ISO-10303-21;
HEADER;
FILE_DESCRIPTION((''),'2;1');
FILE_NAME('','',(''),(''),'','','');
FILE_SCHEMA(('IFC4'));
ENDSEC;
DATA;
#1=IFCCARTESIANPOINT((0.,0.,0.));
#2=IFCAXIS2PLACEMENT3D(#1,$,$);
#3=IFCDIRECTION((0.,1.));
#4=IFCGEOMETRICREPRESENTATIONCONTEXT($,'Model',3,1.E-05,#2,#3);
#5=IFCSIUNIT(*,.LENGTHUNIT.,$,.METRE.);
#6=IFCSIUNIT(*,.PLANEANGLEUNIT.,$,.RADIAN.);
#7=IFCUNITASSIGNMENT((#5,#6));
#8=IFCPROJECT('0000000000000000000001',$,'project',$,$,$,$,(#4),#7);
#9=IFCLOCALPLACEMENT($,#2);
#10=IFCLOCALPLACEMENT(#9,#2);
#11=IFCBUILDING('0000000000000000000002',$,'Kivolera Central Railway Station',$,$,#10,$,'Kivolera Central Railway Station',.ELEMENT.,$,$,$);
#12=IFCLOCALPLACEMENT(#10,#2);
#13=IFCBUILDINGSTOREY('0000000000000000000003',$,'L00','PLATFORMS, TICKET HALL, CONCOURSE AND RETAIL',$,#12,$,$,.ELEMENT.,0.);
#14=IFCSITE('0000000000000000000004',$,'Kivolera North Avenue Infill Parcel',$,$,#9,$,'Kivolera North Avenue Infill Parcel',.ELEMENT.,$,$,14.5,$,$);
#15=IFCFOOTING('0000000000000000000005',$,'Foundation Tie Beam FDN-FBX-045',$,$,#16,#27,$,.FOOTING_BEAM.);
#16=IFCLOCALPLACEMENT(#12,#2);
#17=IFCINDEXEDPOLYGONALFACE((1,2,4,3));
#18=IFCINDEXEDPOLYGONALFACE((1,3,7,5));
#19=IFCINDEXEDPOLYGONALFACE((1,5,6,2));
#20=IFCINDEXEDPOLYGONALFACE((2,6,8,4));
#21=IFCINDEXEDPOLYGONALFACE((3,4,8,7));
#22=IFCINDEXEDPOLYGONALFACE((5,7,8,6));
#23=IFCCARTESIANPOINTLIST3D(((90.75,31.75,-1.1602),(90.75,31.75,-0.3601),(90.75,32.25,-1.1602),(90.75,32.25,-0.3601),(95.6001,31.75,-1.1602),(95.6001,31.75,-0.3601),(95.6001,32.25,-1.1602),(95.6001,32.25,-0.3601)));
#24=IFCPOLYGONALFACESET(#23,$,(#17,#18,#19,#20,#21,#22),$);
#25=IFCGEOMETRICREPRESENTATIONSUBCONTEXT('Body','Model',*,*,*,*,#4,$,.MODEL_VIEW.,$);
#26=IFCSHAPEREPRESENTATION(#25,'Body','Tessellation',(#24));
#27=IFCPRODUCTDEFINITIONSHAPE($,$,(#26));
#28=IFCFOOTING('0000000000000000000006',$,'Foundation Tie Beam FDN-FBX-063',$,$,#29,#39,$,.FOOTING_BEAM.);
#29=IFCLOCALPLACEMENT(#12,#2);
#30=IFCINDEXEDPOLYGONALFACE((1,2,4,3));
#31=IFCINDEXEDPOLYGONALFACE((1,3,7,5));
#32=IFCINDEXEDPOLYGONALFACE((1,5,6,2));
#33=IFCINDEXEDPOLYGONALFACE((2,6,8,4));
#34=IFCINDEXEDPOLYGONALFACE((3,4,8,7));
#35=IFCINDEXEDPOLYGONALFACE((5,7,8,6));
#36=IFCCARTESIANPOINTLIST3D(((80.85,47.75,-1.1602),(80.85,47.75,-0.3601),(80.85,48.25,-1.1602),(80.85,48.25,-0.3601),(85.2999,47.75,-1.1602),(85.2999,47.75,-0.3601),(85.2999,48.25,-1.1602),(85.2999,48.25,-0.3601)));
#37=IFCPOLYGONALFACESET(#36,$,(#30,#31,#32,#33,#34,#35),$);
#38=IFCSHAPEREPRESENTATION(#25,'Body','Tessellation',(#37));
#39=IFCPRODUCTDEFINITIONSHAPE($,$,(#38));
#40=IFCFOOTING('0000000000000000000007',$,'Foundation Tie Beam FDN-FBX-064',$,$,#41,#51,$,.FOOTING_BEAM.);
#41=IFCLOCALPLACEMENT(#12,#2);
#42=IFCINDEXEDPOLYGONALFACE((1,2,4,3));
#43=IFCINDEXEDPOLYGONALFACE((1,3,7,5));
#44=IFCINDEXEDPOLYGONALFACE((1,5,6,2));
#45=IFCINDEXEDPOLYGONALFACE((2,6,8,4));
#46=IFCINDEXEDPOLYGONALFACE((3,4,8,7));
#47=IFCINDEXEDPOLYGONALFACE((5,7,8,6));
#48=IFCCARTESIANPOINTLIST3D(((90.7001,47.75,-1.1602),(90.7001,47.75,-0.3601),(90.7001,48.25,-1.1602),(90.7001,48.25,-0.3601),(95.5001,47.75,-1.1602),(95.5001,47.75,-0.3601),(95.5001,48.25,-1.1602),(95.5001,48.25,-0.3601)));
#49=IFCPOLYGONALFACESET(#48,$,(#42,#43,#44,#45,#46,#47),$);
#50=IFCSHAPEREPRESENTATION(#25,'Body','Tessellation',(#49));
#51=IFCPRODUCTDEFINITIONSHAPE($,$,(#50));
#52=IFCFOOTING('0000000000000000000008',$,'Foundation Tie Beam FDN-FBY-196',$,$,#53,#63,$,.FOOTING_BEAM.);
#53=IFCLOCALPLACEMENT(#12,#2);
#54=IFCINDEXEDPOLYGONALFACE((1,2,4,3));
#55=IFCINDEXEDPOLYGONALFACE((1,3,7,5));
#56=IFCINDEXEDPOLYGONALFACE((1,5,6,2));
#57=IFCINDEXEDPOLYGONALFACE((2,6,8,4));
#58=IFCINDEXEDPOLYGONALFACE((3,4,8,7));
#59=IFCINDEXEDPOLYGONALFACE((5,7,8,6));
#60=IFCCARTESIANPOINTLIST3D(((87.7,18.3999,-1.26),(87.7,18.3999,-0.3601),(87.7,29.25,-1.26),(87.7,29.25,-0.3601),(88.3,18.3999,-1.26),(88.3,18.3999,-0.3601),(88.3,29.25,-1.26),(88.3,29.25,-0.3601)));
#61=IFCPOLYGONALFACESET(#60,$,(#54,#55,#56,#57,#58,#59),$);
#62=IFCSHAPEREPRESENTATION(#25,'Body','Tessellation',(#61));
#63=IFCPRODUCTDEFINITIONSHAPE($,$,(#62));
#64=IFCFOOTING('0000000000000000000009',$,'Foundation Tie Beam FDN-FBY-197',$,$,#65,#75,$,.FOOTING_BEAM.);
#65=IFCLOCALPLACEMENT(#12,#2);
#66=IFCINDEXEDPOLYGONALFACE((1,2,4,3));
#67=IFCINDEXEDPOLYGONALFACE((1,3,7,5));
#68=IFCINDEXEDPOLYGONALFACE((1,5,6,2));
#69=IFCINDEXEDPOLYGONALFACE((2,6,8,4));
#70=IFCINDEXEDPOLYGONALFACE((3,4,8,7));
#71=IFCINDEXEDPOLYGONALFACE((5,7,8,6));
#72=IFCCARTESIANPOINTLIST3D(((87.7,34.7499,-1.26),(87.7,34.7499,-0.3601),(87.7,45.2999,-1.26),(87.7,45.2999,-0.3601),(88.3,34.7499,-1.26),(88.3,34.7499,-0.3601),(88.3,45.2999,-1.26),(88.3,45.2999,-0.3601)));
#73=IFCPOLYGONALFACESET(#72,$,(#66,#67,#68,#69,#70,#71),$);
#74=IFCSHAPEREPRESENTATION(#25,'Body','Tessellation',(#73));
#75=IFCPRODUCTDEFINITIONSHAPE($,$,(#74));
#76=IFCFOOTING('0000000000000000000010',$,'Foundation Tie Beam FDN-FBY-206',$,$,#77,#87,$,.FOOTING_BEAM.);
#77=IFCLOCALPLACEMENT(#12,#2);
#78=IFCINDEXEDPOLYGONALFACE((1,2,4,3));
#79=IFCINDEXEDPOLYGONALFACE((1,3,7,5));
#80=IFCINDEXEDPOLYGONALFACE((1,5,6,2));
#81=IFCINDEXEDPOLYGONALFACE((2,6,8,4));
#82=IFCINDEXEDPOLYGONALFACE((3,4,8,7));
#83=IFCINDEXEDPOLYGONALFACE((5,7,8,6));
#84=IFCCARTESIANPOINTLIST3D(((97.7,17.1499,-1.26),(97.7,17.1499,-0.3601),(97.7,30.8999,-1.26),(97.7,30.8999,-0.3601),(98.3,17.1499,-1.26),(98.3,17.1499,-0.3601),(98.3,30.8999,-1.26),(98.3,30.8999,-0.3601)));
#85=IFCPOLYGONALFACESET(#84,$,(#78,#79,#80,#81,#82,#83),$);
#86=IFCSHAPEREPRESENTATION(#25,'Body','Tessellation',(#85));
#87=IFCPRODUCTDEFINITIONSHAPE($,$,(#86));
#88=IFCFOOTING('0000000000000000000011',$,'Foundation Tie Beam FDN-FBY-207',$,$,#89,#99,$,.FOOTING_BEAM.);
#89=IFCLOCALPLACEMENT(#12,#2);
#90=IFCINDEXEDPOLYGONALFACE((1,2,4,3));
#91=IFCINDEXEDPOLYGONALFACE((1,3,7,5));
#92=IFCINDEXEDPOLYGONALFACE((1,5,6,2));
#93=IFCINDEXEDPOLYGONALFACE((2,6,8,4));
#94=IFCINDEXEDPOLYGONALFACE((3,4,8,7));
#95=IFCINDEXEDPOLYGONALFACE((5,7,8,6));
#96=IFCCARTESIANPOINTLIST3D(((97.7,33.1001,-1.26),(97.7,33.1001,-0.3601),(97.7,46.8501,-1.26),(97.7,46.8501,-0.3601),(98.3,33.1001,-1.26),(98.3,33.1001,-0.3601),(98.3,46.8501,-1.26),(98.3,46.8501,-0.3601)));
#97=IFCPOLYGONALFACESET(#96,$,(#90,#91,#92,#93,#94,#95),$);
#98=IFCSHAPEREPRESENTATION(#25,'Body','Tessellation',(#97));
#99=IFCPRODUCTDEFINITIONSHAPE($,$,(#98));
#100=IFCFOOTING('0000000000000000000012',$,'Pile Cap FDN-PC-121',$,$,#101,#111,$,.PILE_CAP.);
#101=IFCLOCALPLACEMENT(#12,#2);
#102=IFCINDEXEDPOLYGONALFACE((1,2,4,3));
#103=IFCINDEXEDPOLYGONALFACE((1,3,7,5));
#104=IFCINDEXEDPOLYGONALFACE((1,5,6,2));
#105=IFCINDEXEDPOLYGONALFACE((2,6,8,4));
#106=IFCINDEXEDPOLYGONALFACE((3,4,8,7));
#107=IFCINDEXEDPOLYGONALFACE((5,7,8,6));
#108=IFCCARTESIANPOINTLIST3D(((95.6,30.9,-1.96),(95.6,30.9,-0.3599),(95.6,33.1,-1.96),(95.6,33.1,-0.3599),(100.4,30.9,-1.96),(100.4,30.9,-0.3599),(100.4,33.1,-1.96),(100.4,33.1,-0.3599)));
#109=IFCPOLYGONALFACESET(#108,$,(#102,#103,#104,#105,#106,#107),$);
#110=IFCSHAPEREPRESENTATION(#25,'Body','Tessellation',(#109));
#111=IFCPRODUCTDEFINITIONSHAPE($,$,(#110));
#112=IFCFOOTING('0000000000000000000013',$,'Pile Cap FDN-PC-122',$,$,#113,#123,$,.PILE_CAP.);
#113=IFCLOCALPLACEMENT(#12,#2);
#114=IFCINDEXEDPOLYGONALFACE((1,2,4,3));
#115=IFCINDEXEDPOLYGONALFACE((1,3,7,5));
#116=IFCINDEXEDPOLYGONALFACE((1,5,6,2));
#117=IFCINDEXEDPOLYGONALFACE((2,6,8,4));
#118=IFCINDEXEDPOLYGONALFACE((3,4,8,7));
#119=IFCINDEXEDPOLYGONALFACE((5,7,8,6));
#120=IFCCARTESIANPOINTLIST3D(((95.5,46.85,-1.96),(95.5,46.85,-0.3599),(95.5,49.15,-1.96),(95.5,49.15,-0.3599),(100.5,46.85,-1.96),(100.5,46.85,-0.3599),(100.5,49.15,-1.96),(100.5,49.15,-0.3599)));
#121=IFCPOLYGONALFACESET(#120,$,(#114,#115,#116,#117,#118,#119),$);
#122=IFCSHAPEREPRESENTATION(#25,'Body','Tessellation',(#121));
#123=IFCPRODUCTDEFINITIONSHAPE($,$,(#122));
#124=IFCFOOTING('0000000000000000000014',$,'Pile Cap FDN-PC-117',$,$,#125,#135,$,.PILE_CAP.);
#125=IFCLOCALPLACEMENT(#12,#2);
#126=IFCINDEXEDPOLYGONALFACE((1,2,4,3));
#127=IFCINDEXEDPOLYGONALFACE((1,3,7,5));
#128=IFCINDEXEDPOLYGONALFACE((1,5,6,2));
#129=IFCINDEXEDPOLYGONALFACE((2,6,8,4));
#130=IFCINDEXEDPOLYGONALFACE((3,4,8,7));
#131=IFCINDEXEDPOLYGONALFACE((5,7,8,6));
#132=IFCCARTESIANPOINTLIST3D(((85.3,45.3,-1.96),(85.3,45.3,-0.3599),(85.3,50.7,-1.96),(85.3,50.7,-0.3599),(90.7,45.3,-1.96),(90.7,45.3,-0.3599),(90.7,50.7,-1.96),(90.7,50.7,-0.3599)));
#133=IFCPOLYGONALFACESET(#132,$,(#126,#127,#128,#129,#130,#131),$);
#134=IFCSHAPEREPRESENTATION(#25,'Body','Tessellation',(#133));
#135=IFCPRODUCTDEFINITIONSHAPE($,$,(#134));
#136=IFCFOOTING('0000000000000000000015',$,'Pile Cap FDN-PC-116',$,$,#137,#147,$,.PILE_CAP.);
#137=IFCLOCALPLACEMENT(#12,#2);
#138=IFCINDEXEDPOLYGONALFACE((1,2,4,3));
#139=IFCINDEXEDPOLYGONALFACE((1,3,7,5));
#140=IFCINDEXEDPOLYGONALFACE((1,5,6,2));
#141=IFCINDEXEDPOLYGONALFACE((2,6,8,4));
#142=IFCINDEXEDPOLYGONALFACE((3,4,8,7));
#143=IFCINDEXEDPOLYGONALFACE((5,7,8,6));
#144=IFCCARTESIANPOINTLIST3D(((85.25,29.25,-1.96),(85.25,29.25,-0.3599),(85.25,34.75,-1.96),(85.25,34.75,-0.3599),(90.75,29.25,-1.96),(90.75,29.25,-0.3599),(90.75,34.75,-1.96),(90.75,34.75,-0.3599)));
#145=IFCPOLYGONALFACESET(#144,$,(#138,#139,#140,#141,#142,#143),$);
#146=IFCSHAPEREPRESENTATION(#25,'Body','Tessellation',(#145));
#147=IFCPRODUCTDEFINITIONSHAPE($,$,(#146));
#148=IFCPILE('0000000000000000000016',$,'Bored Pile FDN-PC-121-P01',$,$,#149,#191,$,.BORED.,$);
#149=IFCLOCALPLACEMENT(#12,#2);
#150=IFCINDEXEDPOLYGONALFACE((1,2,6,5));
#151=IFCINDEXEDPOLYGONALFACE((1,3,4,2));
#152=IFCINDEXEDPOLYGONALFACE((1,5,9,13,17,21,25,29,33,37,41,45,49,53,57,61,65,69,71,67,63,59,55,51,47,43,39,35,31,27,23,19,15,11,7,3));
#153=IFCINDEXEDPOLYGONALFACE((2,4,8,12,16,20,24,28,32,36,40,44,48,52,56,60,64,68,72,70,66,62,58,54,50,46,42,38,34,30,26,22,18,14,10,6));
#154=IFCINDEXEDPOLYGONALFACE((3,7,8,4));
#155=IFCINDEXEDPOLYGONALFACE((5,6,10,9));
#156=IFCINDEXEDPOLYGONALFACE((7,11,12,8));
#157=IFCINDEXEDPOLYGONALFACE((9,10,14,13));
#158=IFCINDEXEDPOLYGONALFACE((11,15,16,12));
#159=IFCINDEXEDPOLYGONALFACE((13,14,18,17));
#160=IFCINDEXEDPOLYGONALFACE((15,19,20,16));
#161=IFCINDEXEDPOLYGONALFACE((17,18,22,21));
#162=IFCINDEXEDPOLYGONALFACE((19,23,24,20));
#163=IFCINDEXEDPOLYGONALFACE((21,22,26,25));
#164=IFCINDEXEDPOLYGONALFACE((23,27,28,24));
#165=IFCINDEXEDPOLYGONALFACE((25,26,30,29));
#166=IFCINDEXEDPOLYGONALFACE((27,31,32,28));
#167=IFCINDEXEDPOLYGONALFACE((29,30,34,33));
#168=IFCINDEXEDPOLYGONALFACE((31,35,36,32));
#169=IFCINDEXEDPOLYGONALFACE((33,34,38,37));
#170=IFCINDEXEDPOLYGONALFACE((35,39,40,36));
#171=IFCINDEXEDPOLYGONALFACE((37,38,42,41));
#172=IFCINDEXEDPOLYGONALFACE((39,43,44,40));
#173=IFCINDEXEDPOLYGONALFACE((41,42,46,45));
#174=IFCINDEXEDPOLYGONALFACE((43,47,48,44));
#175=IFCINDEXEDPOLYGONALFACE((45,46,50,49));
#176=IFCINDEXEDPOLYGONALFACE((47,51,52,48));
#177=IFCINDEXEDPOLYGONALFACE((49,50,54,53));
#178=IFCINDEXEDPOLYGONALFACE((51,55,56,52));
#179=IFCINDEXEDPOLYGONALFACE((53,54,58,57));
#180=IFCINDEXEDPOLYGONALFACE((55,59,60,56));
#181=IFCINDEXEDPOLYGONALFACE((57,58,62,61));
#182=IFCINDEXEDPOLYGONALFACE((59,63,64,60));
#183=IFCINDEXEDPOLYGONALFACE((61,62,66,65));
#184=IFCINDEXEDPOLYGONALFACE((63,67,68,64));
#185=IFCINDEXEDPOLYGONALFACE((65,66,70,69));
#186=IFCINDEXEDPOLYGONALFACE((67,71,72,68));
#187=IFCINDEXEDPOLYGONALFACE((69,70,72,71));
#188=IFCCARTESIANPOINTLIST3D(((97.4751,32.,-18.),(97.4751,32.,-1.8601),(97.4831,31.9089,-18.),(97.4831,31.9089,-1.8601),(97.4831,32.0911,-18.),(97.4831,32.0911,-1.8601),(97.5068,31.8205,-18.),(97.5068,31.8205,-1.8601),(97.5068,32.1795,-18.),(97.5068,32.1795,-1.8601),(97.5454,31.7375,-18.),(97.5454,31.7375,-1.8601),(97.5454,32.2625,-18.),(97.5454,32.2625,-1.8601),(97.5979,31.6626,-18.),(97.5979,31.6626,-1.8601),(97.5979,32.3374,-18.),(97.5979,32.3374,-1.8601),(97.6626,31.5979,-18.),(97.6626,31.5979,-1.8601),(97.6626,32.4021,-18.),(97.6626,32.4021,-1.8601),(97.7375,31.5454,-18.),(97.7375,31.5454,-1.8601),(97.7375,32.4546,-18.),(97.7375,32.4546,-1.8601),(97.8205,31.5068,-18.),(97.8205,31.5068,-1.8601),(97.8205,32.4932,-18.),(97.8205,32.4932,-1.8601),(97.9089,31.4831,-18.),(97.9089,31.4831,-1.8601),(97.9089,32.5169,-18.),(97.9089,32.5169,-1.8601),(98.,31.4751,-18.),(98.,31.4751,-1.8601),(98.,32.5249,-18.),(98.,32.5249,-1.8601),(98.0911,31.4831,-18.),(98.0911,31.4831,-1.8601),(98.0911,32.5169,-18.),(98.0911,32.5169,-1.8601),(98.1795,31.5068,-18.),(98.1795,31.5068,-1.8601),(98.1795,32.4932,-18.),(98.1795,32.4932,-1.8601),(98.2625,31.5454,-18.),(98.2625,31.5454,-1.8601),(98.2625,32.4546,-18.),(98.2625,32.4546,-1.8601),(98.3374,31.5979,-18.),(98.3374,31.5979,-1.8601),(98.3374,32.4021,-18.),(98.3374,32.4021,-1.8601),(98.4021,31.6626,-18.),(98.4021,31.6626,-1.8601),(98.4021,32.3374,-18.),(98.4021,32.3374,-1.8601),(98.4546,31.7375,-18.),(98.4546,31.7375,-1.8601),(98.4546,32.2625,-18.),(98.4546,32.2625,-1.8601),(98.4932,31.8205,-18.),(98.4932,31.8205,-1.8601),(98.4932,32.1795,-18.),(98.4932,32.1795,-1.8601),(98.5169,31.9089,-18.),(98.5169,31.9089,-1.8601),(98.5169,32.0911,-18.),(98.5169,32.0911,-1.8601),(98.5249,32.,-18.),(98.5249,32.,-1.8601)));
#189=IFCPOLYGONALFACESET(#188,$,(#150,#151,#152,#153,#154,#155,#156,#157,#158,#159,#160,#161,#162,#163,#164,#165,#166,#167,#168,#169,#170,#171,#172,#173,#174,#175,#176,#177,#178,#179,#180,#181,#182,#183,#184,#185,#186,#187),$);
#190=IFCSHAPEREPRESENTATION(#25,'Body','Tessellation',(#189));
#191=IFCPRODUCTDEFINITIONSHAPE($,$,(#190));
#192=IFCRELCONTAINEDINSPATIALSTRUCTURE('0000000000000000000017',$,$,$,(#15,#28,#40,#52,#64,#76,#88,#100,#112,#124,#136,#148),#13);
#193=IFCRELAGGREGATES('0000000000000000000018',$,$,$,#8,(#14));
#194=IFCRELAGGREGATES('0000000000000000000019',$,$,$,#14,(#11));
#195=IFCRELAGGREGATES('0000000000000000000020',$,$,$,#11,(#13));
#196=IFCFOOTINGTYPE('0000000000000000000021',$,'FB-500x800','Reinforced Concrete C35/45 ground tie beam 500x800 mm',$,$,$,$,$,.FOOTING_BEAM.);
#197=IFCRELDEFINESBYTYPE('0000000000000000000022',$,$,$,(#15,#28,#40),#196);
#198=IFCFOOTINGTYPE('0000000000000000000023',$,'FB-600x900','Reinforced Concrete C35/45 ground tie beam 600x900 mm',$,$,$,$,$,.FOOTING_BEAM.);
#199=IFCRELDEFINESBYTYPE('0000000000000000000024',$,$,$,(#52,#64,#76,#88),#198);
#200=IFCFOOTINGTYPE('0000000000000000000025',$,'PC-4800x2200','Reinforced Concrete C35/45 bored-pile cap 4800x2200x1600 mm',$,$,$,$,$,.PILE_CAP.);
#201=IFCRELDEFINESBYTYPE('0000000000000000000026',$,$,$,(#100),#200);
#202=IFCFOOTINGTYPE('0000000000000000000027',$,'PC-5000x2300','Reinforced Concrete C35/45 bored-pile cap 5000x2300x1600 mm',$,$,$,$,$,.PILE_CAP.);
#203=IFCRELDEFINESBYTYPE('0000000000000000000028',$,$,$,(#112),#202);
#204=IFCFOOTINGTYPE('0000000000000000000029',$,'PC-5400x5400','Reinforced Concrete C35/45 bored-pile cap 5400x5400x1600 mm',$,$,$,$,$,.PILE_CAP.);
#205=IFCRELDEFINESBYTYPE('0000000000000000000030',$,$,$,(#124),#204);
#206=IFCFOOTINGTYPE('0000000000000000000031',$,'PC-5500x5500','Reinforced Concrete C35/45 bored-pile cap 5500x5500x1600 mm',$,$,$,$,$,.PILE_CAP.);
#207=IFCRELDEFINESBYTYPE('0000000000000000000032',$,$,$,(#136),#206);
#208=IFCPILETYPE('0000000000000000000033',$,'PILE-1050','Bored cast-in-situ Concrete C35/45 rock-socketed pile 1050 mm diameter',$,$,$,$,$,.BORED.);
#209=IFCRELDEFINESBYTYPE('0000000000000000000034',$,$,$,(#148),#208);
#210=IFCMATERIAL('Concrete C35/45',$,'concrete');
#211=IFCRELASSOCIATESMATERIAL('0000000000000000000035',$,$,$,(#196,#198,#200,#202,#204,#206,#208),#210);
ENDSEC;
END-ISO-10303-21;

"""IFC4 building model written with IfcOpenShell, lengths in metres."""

from ifc_helpers import new_model, si_unit, direction, frame, origin, origin_2d, place, context, subcontext, project, spatial, rectangle, circle, extrude, material, material_profile, profile_set, type_object, element, save


model = new_model("IFC4")

# Units and contexts
model_context = context("Model", 3, precision=1e-05, world=origin(), true_north=direction((0.0, 1.0)))
body_context = subcontext(model_context, "Body", "Model", "MODEL_VIEW")
ifc_project = project(units=[si_unit("LENGTHUNIT", "METRE"), si_unit("PLANEANGLEUNIT", "RADIAN")], contexts=[model_context])

# Site, building, storey
site_placement = place(None, origin())
site = spatial("IfcSite", under=ifc_project, at=site_placement, Name="Kivolera North Avenue Infill Parcel", LongName="Kivolera North Avenue Infill Parcel", CompositionType="ELEMENT", RefElevation=14.5)
building_placement = place(site_placement, origin())
building = spatial("IfcBuilding", under=site, at=building_placement, Name="Kivolera Central Railway Station", LongName="Kivolera Central Railway Station", CompositionType="ELEMENT")
storey_placement = place(building_placement, origin())
storey = spatial("IfcBuildingStorey", under=building, at=storey_placement, Name="L00", Description="PLATFORMS, TICKET HALL, CONCOURSE AND RETAIL", CompositionType="ELEMENT", Elevation=0.0)

# Footings
ifc_material_1 = material(Name="Concrete C35/45", Category="concrete")
footing_type_1 = type_object("IfcFootingType", Name="FB-500x800", Description="Reinforced Concrete C35/45 ground tie beam 500x800 mm", PredefinedType="FOOTING_BEAM", material=ifc_material_1)
footing_1_placement = place(storey_placement, frame((93.175, 32.0, -1.1602), z_axis=(0.0, 0.0, 1.0), x_axis=(1.0, 0.0, 0.0)))
element("IfcFooting", 1, at=footing_1_placement, inside=storey, type_object=footing_type_1, Name="Foundation Tie Beam FDN-FBX-045", PredefinedType="FOOTING_BEAM", context=body_context, shape_type="SweptSolid", body=[
    extrude(rectangle(XDim=4.8501, YDim=0.5, at=origin_2d()), origin(), (0.0, 0.0, 1.0), 0.8),
])
footing_2_placement = place(storey_placement, frame((83.075, 48.0, -1.1602), z_axis=(0.0, 0.0, 1.0), x_axis=(1.0, 0.0, 0.0)))
element("IfcFooting", 2, at=footing_2_placement, inside=storey, type_object=footing_type_1, Name="Foundation Tie Beam FDN-FBX-063", PredefinedType="FOOTING_BEAM", context=body_context, shape_type="SweptSolid", body=[
    extrude(rectangle(XDim=4.45, YDim=0.5, at=origin_2d()), origin(), (0.0, 0.0, 1.0), 0.8),
])
footing_3_placement = place(storey_placement, frame((93.1001, 48.0, -1.1602), z_axis=(0.0, 0.0, 1.0), x_axis=(1.0, 0.0, 0.0)))
element("IfcFooting", 3, at=footing_3_placement, inside=storey, type_object=footing_type_1, Name="Foundation Tie Beam FDN-FBX-064", PredefinedType="FOOTING_BEAM", context=body_context, shape_type="SweptSolid", body=[
    extrude(rectangle(XDim=4.8, YDim=0.5, at=origin_2d()), origin(), (0.0, 0.0, 1.0), 0.8),
])
footing_type_2 = type_object("IfcFootingType", Name="FB-600x900", Description="Reinforced Concrete C35/45 ground tie beam 600x900 mm", PredefinedType="FOOTING_BEAM", material=ifc_material_1)
footing_4_placement = place(storey_placement, frame((88.0, 23.825, -1.26), z_axis=(0.0, 0.0, 1.0), x_axis=(1.0, 0.0, 0.0)))
element("IfcFooting", 4, at=footing_4_placement, inside=storey, type_object=footing_type_2, Name="Foundation Tie Beam FDN-FBY-196", PredefinedType="FOOTING_BEAM", context=body_context, shape_type="SweptSolid", body=[
    extrude(rectangle(XDim=0.6001, YDim=10.8501, at=origin_2d()), origin(), (0.0, 0.0, 1.0), 0.8999),
])
footing_5_placement = place(storey_placement, frame((88.0, 40.0249, -1.26), z_axis=(0.0, 0.0, 1.0), x_axis=(1.0, 0.0, 0.0)))
element("IfcFooting", 5, at=footing_5_placement, inside=storey, type_object=footing_type_2, Name="Foundation Tie Beam FDN-FBY-197", PredefinedType="FOOTING_BEAM", context=body_context, shape_type="SweptSolid", body=[
    extrude(rectangle(XDim=0.6001, YDim=10.55, at=origin_2d()), origin(), (0.0, 0.0, 1.0), 0.8999),
])
for number, where, z_axis, x_axis, name in (
    (6, (98.0, 24.0249, -1.26), (0.0, 0.0, 1.0), (1.0, 0.0, 0.0), "Foundation Tie Beam FDN-FBY-206"),
    (7, (98.0, 39.9751, -1.26), (0.0, 0.0, 1.0), (1.0, 0.0, 0.0), "Foundation Tie Beam FDN-FBY-207"),
):
    element("IfcFooting", number, at=place(storey_placement, frame(where, z_axis=z_axis, x_axis=x_axis)), inside=storey, type_object=footing_type_2, Name=name, PredefinedType="FOOTING_BEAM", context=body_context, shape_type="SweptSolid", body=[
        extrude(rectangle(XDim=0.6001, YDim=13.75, at=origin_2d()), origin(), (0.0, 0.0, 1.0), 0.8999),
    ])
footing_type_3 = type_object("IfcFootingType", Name="PC-4800x2200", Description="Reinforced Concrete C35/45 bored-pile cap 4800x2200x1600 mm", PredefinedType="PILE_CAP", material=ifc_material_1)
footing_6_placement = place(storey_placement, frame((98.0, 32.0, -1.96), z_axis=(0.0, 0.0, 1.0), x_axis=(1.0, 0.0, 0.0)))
element("IfcFooting", 8, at=footing_6_placement, inside=storey, type_object=footing_type_3, Name="Pile Cap FDN-PC-121", PredefinedType="PILE_CAP", context=body_context, shape_type="SweptSolid", body=[
    extrude(rectangle(XDim=4.8, YDim=2.2, at=origin_2d()), origin(), (0.0, 0.0, 1.0), 1.6001),
])
footing_type_4 = type_object("IfcFootingType", Name="PC-5000x2300", Description="Reinforced Concrete C35/45 bored-pile cap 5000x2300x1600 mm", PredefinedType="PILE_CAP", material=ifc_material_1)
footing_7_placement = place(storey_placement, frame((98.0, 48.0, -1.96), z_axis=(0.0, 0.0, 1.0), x_axis=(1.0, 0.0, 0.0)))
element("IfcFooting", 9, at=footing_7_placement, inside=storey, type_object=footing_type_4, Name="Pile Cap FDN-PC-122", PredefinedType="PILE_CAP", context=body_context, shape_type="SweptSolid", body=[
    extrude(rectangle(XDim=5.0, YDim=2.3, at=origin_2d()), origin(), (0.0, 0.0, 1.0), 1.6001),
])
footing_type_5 = type_object("IfcFootingType", Name="PC-5400x5400", Description="Reinforced Concrete C35/45 bored-pile cap 5400x5400x1600 mm", PredefinedType="PILE_CAP", material=ifc_material_1)
footing_8_placement = place(storey_placement, frame((88.0, 48.0, -1.96), z_axis=(0.0, 0.0, 1.0), x_axis=(1.0, 0.0, 0.0)))
element("IfcFooting", 10, at=footing_8_placement, inside=storey, type_object=footing_type_5, Name="Pile Cap FDN-PC-117", PredefinedType="PILE_CAP", context=body_context, shape_type="SweptSolid", body=[
    extrude(rectangle(XDim=5.3999, YDim=5.3999, at=origin_2d()), origin(), (0.0, 0.0, 1.0), 1.6001),
])
footing_type_6 = type_object("IfcFootingType", Name="PC-5500x5500", Description="Reinforced Concrete C35/45 bored-pile cap 5500x5500x1600 mm", PredefinedType="PILE_CAP", material=ifc_material_1)
footing_9_placement = place(storey_placement, frame((88.0, 32.0, -1.96), z_axis=(0.0, 0.0, 1.0), x_axis=(1.0, 0.0, 0.0)))
element("IfcFooting", 11, at=footing_9_placement, inside=storey, type_object=footing_type_6, Name="Pile Cap FDN-PC-116", PredefinedType="PILE_CAP", context=body_context, shape_type="SweptSolid", body=[
    extrude(rectangle(XDim=5.5, YDim=5.5, at=origin_2d()), origin(), (0.0, 0.0, 1.0), 1.6001),
])

# Pile
ifc_material_profile_1 = material_profile(ifc_material_1, circle(Radius=0.5249, at=origin_2d()), Name="PILE D1050")
ifc_profile_set_1 = profile_set([ifc_material_profile_1], Name="Concrete C35/45")
pile_type_1 = type_object("IfcPileType", Name="PILE-1050", Description="Bored cast-in-situ Concrete C35/45 rock-socketed pile 1050 mm diameter", PredefinedType="BORED", material=ifc_profile_set_1)
for number, where, z_axis, x_axis, name in (
    (12, (98.0, 32.0, -1.8601), (0.0, 0.0, -1.0), (1.0, 0.0, 0.0), "Bored Pile FDN-PC-121-P01"),
):
    element("IfcPile", number, at=place(storey_placement, frame(where, z_axis=z_axis, x_axis=x_axis)), inside=storey, type_object=pile_type_1, Name=name, PredefinedType="BORED", context=body_context, shape_type="SweptSolid", body=[
        extrude(circle(Radius=0.5249, at=origin_2d()), origin(), (0.0, 0.0, 1.0), 16.1399),
    ])

save(model, "model.ifc")
